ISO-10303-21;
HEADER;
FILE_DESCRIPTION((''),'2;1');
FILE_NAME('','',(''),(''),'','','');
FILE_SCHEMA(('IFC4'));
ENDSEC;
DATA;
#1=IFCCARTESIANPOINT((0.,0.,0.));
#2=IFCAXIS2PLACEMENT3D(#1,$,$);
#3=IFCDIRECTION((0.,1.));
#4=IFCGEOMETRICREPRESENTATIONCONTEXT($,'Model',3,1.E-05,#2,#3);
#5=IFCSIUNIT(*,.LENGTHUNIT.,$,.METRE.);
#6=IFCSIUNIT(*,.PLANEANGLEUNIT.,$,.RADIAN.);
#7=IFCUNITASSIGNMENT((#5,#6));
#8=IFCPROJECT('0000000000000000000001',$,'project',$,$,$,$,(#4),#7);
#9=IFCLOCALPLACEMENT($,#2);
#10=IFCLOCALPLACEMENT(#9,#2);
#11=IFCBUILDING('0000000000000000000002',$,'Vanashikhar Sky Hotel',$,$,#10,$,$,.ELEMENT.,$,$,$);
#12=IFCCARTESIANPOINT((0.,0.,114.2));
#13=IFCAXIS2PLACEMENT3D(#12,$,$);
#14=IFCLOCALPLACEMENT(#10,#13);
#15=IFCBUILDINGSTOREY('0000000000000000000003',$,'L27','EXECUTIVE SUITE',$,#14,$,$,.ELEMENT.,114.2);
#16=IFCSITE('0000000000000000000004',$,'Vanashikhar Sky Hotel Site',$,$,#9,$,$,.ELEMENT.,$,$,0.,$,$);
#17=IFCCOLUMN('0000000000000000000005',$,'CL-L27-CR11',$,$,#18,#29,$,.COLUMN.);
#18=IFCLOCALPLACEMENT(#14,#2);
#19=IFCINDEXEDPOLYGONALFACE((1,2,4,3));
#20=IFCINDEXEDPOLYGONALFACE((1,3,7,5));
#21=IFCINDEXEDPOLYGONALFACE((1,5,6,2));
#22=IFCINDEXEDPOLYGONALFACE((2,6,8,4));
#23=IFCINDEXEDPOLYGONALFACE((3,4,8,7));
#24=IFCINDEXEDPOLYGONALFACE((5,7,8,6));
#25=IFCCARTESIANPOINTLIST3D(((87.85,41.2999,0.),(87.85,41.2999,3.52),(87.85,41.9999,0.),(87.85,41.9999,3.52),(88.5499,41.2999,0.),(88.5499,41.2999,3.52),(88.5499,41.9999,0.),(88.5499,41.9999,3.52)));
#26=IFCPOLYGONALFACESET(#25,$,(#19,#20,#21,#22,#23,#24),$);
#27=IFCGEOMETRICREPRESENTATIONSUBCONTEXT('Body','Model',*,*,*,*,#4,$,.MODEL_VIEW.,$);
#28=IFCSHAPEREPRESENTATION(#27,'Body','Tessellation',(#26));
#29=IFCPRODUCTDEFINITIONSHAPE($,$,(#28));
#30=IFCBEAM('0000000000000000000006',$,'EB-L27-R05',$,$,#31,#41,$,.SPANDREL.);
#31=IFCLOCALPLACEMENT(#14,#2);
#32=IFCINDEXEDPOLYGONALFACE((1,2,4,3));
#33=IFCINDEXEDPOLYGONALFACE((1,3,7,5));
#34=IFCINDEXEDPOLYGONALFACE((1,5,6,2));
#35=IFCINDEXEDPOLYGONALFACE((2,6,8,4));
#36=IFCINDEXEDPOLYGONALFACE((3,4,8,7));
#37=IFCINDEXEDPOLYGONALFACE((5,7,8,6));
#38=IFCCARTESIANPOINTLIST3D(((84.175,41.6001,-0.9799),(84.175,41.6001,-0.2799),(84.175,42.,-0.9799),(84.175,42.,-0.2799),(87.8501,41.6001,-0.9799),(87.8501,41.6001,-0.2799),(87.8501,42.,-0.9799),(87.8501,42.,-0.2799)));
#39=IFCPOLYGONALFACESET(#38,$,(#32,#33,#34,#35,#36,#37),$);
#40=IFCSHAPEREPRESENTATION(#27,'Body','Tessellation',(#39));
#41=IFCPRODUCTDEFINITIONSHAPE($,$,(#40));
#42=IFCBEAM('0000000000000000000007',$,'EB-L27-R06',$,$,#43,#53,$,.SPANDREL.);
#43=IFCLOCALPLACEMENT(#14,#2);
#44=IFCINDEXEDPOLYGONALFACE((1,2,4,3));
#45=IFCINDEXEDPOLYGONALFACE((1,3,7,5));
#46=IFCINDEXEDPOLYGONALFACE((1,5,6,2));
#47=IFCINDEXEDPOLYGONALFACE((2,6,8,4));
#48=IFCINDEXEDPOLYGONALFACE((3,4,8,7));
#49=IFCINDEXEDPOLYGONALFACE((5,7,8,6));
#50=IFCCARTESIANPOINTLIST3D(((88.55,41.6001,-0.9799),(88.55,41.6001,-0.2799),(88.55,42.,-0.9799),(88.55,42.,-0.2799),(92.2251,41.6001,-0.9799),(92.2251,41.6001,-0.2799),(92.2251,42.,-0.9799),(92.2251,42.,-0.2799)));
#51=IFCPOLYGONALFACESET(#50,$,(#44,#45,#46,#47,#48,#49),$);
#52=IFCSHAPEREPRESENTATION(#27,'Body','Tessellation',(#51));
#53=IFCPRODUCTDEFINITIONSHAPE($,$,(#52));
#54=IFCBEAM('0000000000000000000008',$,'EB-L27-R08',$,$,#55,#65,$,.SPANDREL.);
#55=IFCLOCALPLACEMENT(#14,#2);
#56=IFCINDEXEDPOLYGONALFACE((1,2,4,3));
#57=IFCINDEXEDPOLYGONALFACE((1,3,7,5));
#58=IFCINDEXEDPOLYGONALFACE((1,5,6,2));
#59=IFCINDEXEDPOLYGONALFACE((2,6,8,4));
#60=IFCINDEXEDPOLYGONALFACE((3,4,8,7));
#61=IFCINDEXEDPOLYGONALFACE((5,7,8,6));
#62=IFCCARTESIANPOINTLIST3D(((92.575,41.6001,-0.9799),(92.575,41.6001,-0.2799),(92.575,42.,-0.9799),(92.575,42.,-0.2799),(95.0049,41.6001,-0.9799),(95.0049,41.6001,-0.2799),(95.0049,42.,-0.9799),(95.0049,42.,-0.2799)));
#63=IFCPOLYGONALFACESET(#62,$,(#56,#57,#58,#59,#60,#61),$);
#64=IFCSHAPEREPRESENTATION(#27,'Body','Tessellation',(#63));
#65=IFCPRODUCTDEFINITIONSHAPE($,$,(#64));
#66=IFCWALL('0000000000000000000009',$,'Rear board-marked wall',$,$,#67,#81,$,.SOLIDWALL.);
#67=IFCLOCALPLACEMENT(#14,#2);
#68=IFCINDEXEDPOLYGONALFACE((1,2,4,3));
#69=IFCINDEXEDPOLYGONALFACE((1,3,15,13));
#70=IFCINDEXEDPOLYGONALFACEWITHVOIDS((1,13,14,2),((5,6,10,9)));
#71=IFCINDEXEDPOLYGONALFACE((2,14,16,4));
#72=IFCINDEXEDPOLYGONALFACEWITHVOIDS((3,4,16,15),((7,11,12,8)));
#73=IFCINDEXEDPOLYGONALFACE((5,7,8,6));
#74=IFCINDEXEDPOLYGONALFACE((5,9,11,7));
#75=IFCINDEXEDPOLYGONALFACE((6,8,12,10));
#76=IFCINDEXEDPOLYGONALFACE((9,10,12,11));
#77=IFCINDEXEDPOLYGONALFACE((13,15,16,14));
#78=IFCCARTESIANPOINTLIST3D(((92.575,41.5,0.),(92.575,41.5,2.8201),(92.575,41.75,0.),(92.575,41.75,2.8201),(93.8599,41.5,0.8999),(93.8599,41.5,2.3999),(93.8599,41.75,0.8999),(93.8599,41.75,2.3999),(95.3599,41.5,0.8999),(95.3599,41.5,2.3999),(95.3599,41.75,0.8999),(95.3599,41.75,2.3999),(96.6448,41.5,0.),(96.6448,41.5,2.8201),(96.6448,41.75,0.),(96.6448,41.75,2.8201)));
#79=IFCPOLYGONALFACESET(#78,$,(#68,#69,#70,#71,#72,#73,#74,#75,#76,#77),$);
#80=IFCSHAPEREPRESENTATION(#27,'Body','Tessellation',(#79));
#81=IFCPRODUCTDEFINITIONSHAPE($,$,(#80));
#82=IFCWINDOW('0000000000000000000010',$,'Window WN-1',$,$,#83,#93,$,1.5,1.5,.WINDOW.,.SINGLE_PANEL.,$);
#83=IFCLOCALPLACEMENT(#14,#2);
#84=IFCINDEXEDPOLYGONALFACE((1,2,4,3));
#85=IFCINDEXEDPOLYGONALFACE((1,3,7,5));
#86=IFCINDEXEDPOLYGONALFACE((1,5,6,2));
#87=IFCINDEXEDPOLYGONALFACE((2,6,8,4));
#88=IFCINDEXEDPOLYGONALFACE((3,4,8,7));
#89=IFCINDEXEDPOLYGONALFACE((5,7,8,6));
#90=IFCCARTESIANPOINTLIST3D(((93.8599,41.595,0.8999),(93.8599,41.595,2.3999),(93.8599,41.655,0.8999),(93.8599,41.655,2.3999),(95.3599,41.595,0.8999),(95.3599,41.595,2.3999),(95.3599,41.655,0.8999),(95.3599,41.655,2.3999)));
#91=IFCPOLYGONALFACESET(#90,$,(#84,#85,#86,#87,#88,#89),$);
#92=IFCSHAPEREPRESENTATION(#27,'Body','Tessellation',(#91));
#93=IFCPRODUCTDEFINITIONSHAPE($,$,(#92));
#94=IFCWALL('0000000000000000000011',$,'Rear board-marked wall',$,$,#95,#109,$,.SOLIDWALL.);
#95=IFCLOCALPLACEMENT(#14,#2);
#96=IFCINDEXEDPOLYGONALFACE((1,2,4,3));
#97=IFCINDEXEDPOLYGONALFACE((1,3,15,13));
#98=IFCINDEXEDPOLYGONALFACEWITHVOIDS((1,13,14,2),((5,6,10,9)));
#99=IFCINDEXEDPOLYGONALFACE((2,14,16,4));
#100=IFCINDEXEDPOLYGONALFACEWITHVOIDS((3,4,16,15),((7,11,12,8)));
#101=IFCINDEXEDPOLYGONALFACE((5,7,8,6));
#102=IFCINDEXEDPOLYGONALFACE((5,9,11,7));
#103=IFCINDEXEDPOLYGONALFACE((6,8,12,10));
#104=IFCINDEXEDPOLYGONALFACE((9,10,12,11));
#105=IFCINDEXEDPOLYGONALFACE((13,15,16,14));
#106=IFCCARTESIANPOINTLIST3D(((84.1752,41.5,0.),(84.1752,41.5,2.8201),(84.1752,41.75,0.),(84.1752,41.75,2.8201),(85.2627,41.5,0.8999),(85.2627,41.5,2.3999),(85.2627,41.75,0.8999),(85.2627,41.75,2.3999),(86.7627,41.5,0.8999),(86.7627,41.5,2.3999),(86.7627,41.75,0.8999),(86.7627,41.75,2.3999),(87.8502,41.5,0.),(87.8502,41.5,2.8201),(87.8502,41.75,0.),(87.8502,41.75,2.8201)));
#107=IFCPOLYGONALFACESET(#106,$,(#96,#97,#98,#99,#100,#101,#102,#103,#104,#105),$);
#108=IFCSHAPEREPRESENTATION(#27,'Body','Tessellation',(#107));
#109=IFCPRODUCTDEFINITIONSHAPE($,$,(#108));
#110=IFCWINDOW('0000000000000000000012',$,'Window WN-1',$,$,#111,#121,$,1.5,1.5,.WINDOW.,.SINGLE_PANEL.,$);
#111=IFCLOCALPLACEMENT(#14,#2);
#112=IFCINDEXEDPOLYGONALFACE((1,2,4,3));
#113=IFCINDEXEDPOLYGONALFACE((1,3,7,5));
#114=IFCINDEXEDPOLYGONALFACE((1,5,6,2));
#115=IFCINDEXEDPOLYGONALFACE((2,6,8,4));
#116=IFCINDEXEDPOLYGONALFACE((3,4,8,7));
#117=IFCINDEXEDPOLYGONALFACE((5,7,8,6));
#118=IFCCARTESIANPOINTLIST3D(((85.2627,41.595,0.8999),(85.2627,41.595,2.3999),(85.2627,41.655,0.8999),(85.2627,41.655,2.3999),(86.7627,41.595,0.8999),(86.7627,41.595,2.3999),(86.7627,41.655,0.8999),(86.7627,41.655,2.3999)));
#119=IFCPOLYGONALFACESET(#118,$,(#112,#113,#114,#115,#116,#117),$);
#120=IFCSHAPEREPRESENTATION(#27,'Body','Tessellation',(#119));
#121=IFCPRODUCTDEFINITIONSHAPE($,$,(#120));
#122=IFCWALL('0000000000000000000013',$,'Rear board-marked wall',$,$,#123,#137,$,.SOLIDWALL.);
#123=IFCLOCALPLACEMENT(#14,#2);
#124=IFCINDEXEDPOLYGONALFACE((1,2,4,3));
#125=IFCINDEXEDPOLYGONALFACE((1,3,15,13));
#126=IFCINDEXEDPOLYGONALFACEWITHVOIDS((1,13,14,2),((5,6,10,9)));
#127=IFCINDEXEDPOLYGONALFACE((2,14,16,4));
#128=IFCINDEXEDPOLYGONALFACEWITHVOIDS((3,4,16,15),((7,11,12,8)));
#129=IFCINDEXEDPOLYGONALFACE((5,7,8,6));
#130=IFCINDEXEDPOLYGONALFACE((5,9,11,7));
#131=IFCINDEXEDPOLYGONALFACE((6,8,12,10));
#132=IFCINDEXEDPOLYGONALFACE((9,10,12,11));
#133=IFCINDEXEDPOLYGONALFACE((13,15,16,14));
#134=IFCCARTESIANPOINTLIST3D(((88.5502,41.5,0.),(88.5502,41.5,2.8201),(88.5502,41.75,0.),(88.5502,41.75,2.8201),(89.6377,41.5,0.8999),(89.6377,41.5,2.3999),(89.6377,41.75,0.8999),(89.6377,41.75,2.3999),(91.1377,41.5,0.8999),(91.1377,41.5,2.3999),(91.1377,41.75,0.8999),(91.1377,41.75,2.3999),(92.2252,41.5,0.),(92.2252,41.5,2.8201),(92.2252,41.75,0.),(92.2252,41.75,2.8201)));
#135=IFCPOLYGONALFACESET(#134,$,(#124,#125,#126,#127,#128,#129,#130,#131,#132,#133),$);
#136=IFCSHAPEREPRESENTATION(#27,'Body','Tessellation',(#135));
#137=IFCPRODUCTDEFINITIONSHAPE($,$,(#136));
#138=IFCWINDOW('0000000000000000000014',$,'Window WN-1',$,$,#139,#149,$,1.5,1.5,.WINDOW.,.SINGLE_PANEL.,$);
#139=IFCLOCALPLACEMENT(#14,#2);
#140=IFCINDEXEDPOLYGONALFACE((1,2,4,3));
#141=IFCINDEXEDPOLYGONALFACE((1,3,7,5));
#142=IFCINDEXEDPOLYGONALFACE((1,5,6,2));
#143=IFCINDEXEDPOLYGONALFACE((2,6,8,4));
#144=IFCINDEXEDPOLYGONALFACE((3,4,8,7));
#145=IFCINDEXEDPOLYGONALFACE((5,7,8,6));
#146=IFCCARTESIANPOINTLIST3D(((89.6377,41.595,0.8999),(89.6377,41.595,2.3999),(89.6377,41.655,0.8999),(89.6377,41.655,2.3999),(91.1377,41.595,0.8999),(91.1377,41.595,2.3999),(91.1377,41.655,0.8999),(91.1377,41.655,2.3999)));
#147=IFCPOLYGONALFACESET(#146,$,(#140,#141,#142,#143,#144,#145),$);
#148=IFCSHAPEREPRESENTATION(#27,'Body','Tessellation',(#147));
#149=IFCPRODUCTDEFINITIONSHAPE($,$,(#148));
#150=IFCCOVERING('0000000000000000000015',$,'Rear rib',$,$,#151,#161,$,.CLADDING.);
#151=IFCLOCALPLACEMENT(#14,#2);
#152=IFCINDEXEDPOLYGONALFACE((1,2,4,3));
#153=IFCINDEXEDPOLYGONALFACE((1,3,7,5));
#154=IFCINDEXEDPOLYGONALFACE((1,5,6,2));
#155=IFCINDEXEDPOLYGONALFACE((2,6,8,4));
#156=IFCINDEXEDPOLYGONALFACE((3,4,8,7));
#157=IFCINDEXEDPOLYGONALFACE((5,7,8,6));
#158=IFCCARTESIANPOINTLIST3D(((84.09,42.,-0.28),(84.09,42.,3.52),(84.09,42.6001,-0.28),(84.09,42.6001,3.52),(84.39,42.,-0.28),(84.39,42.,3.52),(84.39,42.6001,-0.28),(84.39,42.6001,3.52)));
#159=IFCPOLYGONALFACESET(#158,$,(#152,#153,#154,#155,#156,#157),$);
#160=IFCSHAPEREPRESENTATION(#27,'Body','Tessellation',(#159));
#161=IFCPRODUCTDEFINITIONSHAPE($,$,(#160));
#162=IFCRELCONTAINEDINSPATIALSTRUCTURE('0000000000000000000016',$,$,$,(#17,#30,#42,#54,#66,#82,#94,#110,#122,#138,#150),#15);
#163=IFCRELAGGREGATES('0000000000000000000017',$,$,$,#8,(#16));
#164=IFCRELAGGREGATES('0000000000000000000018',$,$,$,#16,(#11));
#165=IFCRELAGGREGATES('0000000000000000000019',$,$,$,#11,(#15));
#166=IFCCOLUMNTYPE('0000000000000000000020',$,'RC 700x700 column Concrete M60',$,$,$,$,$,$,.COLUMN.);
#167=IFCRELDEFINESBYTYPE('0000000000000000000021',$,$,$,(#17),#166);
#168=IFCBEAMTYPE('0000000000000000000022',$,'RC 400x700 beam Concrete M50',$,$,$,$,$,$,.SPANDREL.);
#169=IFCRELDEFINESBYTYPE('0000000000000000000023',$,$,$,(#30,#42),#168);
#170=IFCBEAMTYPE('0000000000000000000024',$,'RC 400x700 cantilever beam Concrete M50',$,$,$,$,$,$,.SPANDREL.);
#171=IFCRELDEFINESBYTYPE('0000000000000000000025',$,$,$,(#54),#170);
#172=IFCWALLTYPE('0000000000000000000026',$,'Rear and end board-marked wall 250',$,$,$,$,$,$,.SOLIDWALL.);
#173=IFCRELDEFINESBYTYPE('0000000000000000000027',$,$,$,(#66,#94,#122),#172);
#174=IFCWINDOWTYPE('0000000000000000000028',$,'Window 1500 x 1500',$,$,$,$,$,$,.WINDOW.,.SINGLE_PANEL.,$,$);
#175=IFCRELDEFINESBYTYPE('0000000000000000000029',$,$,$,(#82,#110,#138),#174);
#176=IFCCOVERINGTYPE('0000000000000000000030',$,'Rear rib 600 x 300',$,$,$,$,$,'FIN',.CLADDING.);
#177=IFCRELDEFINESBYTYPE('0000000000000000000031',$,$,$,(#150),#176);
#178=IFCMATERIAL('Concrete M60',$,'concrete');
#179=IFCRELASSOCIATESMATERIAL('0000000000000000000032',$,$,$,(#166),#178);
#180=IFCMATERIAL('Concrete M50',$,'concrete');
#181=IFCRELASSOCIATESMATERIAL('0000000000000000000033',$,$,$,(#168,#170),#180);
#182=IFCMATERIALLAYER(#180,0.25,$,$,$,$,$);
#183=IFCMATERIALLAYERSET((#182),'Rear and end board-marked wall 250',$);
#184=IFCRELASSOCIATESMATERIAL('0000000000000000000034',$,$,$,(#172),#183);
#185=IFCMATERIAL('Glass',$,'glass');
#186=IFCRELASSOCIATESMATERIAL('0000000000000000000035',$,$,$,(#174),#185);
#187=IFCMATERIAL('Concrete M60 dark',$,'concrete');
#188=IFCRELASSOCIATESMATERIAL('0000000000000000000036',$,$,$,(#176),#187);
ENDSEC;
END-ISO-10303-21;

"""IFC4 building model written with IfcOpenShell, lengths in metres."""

from ifc_helpers import new_model, si_unit, direction, frame, frame_2d, origin, origin_2d, place, context, subcontext, project, spatial, rectangle, extrude, source, transform, mapped, material, layer, layer_set, material_profile, profile_set, type_object, element, fill, save


model = new_model("IFC4")

# Units and contexts
model_context = context("Model", 3, precision=1e-05, world=origin(), true_north=direction((0.0, 1.0)))
body_context = subcontext(model_context, "Body", "Model", "MODEL_VIEW")
ifc_project = project(units=[si_unit("LENGTHUNIT", "METRE"), si_unit("PLANEANGLEUNIT", "RADIAN")], contexts=[model_context])

# Site, building, storey
site_placement = place(None, origin())
site = spatial("IfcSite", under=ifc_project, at=site_placement, Name="Vanashikhar Sky Hotel Site", CompositionType="ELEMENT", RefElevation=0.0)
building_placement = place(site_placement, origin())
building = spatial("IfcBuilding", under=site, at=building_placement, Name="Vanashikhar Sky Hotel", CompositionType="ELEMENT")
storey_placement = place(building_placement, frame((0.0, 0.0, 114.2)))
storey = spatial("IfcBuildingStorey", under=building, at=storey_placement, Name="L27", Description="EXECUTIVE SUITE", CompositionType="ELEMENT", Elevation=114.2)

# Column
ifc_material_1 = material(Name="Concrete M60", Category="concrete")
ifc_material_profile_1 = material_profile(ifc_material_1, rectangle(XDim=0.7, YDim=0.7, at=origin_2d()))
ifc_profile_set_1 = profile_set([ifc_material_profile_1], Name="RC 700x700 column Concrete M60")
column_type = type_object("IfcColumnType", Name="RC 700x700 column Concrete M60", PredefinedType="COLUMN", material=ifc_profile_set_1)
shared_shape_1 = source(origin(), body_context, "Body", "SweptSolid", [
    extrude(rectangle(XDim=0.7, YDim=0.7, at=origin_2d()), origin(), (0.0, 0.0, 1.0), 3.52),
])
column_placement = place(storey_placement, frame((88.2, 41.6499, 0.0), z_axis=(0.0, 0.0, 1.0), x_axis=(1.0, 0.0, 0.0)))
element("IfcColumn", 1, at=column_placement, inside=storey, type_object=column_type, Name="CL-L27-CR11", PredefinedType="COLUMN", context=body_context, shape_type="MappedRepresentation", body=[
    mapped(shared_shape_1, transform((0.0, 0.0, 0.0), scale=1.0)),
])

# Beams
ifc_material_2 = material(Name="Concrete M50", Category="concrete")
ifc_material_profile_2 = material_profile(ifc_material_2, rectangle(XDim=0.3999, YDim=0.7, at=origin_2d()))
ifc_profile_set_2 = profile_set([ifc_material_profile_2], Name="RC 400x700 beam Concrete M50")
beam_type_1 = type_object("IfcBeamType", Name="RC 400x700 beam Concrete M50", PredefinedType="SPANDREL", material=ifc_profile_set_2)
shared_shape_2 = source(origin(), body_context, "Body", "SweptSolid", [
    extrude(rectangle(XDim=0.3999, YDim=0.7, at=origin_2d()), origin(), (0.0, 0.0, 1.0), 3.675),
])
for number, where, z_axis, x_axis, name in (
    (2, (84.175, 41.8, -0.6299), (1.0, 0.0, 0.0), (0.0, 1.0, 0.0), "EB-L27-R05"),
    (3, (88.55, 41.8, -0.6299), (1.0, 0.0, 0.0), (0.0, 1.0, 0.0), "EB-L27-R06"),
):
    element("IfcBeam", number, at=place(storey_placement, frame(where, z_axis=z_axis, x_axis=x_axis)), inside=storey, type_object=beam_type_1, Name=name, PredefinedType="SPANDREL", context=body_context, shape_type="MappedRepresentation", body=[
        mapped(shared_shape_2, transform((0.0, 0.0, 0.0), scale=1.0)),
    ])
ifc_material_profile_3 = material_profile(ifc_material_2, rectangle(XDim=0.3999, YDim=0.7, at=origin_2d()))
ifc_profile_set_3 = profile_set([ifc_material_profile_3], Name="RC 400x700 cantilever beam Concrete M50")
beam_type_2 = type_object("IfcBeamType", Name="RC 400x700 cantilever beam Concrete M50", PredefinedType="SPANDREL", material=ifc_profile_set_3)
shared_shape_3 = source(origin(), body_context, "Body", "SweptSolid", [
    extrude(rectangle(XDim=0.3999, YDim=0.7, at=origin_2d()), origin(), (0.0, 0.0, 1.0), 2.4299),
])
beam_placement = place(storey_placement, frame((92.575, 41.8, -0.6299), z_axis=(1.0, 0.0, 0.0), x_axis=(0.0, 1.0, 0.0)))
element("IfcBeam", 4, at=beam_placement, inside=storey, type_object=beam_type_2, Name="EB-L27-R08", PredefinedType="SPANDREL", context=body_context, shape_type="MappedRepresentation", body=[
    mapped(shared_shape_3, transform((0.0, 0.0, 0.0), scale=1.0)),
])

# Walls, openings, windows
ifc_layer = layer(ifc_material_2, 0.25)
ifc_layer_set = layer_set([ifc_layer], Name="Rear and end board-marked wall 250")
wall_type = type_object("IfcWallType", Name="Rear and end board-marked wall 250", PredefinedType="SOLIDWALL", material=ifc_layer_set)
shared_shape_4 = source(origin(), body_context, "Body", "SweptSolid", [
    extrude(rectangle(XDim=4.0698, YDim=0.25, at=frame_2d((2.0349, 0.0))), origin(), (0.0, 0.0, 1.0), 2.8201),
])
wall_1_placement = place(storey_placement, frame((96.6448, 41.625, 0.0), z_axis=(0.0, 0.0, 1.0), x_axis=(-1.0, 0.0, 0.0)))
wall_1 = element("IfcWall", 5, at=wall_1_placement, inside=storey, type_object=wall_type, Name="Rear board-marked wall", PredefinedType="SOLIDWALL", context=body_context, shape_type="MappedRepresentation", body=[
    mapped(shared_shape_4, transform((0.0, 0.0, 0.0), scale=1.0)),
])
shared_shape_5 = source(origin(), body_context, "Body", "SweptSolid", [
    extrude(rectangle(XDim=1.5, YDim=1.5, at=frame_2d((0.75, 0.75))), frame((0.0, 0.135, 0.0), z_axis=(0.0, -1.0, 0.0), x_axis=(1.0, 0.0, 0.0)), (0.0, 0.0, 1.0), 0.27),
])
opening_1_placement = place(wall_1_placement, frame((1.2849, 0.0, 0.8999)))
opening_1 = element("IfcOpeningElement", 6, at=opening_1_placement, cuts=wall_1, PredefinedType="OPENING", context=body_context, shape_type="MappedRepresentation", body=[
    mapped(shared_shape_5, transform((0.0, 0.0, 0.0), scale=1.0)),
])
ifc_material_3 = material(Name="Glass", Category="glass")
window_type = type_object("IfcWindowType", Name="Window 1500 x 1500", PartitioningType="SINGLE_PANEL", PredefinedType="WINDOW", material=ifc_material_3)
shared_shape_6 = source(origin(), body_context, "Body", "SweptSolid", [
    extrude(rectangle(XDim=1.5, YDim=1.5, at=frame_2d((0.75, 0.75))), frame((0.0, 0.03, 0.0), z_axis=(0.0, -1.0, 0.0), x_axis=(1.0, 0.0, 0.0)), (0.0, 0.0, 1.0), 0.0601),
])
window_1_placement = place(opening_1_placement, origin())
window_1 = element("IfcWindow", 7, at=window_1_placement, inside=storey, type_object=window_type, Name="Window WN-1", OverallHeight=1.5, OverallWidth=1.5, PartitioningType="SINGLE_PANEL", PredefinedType="WINDOW", context=body_context, shape_type="MappedRepresentation", body=[
    mapped(shared_shape_6, transform((0.0, 0.0, 0.0), scale=1.0)),
])
fill(opening_1, window_1)
shared_shape_7 = source(origin(), body_context, "Body", "SweptSolid", [
    extrude(rectangle(XDim=3.675, YDim=0.25, at=frame_2d((1.8374, 0.0))), origin(), (0.0, 0.0, 1.0), 2.8201),
])
wall_2_placement = place(storey_placement, frame((87.8501, 41.625, 0.0), z_axis=(0.0, 0.0, 1.0), x_axis=(-1.0, 0.0, 0.0)))
wall_2 = element("IfcWall", 8, at=wall_2_placement, inside=storey, type_object=wall_type, Name="Rear board-marked wall", PredefinedType="SOLIDWALL", context=body_context, shape_type="MappedRepresentation", body=[
    mapped(shared_shape_7, transform((0.0, 0.0, 0.0), scale=1.0)),
])
opening_2_placement = place(wall_2_placement, frame((1.0874, 0.0, 0.8999)))
opening_2 = element("IfcOpeningElement", 9, at=opening_2_placement, cuts=wall_2, PredefinedType="OPENING", context=body_context, shape_type="MappedRepresentation", body=[
    mapped(shared_shape_5, transform((0.0, 0.0, 0.0), scale=1.0)),
])
window_2_placement = place(opening_2_placement, origin())
window_2 = element("IfcWindow", 10, at=window_2_placement, inside=storey, type_object=window_type, Name="Window WN-1", OverallHeight=1.5, OverallWidth=1.5, PartitioningType="SINGLE_PANEL", PredefinedType="WINDOW", context=body_context, shape_type="MappedRepresentation", body=[
    mapped(shared_shape_6, transform((0.0, 0.0, 0.0), scale=1.0)),
])
fill(opening_2, window_2)
wall_3_placement = place(storey_placement, frame((92.2251, 41.625, 0.0), z_axis=(0.0, 0.0, 1.0), x_axis=(-1.0, 0.0, 0.0)))
wall_3 = element("IfcWall", 11, at=wall_3_placement, inside=storey, type_object=wall_type, Name="Rear board-marked wall", PredefinedType="SOLIDWALL", context=body_context, shape_type="MappedRepresentation", body=[
    mapped(shared_shape_7, transform((0.0, 0.0, 0.0), scale=1.0)),
])
opening_3_placement = place(wall_3_placement, frame((1.0874, 0.0, 0.8999)))
opening_3 = element("IfcOpeningElement", 12, at=opening_3_placement, cuts=wall_3, PredefinedType="OPENING", context=body_context, shape_type="MappedRepresentation", body=[
    mapped(shared_shape_5, transform((0.0, 0.0, 0.0), scale=1.0)),
])
window_3_placement = place(opening_3_placement, origin())
window_3 = element("IfcWindow", 13, at=window_3_placement, inside=storey, type_object=window_type, Name="Window WN-1", OverallHeight=1.5, OverallWidth=1.5, PartitioningType="SINGLE_PANEL", PredefinedType="WINDOW", context=body_context, shape_type="MappedRepresentation", body=[
    mapped(shared_shape_6, transform((0.0, 0.0, 0.0), scale=1.0)),
])
fill(opening_3, window_3)

# Covering
ifc_material_4 = material(Name="Concrete M60 dark", Category="concrete")
ifc_material_profile_4 = material_profile(ifc_material_4, rectangle(XDim=0.6001, YDim=0.3, at=origin_2d()))
ifc_profile_set_4 = profile_set([ifc_material_profile_4], Name="Rear rib 600 x 300")
covering_type = type_object("IfcCoveringType", Name="Rear rib 600 x 300", ElementType="FIN", PredefinedType="CLADDING", material=ifc_profile_set_4)
shared_shape_8 = source(origin(), body_context, "Body", "SweptSolid", [
    extrude(rectangle(XDim=0.6001, YDim=0.3, at=origin_2d()), origin(), (0.0, 0.0, 1.0), 3.8),
])
for number, where, z_axis, x_axis, name in (
    (14, (84.24, 42.3, -0.28), (0.0, 0.0, 1.0), (0.0, 1.0, 0.0), "Rear rib"),
):
    element("IfcCovering", number, at=place(storey_placement, frame(where, z_axis=z_axis, x_axis=x_axis)), inside=storey, type_object=covering_type, Name=name, PredefinedType="CLADDING", context=body_context, shape_type="MappedRepresentation", body=[
        mapped(shared_shape_8, transform((0.0, 0.0, 0.0), scale=1.0)),
    ])

save(model, "model.ifc")
